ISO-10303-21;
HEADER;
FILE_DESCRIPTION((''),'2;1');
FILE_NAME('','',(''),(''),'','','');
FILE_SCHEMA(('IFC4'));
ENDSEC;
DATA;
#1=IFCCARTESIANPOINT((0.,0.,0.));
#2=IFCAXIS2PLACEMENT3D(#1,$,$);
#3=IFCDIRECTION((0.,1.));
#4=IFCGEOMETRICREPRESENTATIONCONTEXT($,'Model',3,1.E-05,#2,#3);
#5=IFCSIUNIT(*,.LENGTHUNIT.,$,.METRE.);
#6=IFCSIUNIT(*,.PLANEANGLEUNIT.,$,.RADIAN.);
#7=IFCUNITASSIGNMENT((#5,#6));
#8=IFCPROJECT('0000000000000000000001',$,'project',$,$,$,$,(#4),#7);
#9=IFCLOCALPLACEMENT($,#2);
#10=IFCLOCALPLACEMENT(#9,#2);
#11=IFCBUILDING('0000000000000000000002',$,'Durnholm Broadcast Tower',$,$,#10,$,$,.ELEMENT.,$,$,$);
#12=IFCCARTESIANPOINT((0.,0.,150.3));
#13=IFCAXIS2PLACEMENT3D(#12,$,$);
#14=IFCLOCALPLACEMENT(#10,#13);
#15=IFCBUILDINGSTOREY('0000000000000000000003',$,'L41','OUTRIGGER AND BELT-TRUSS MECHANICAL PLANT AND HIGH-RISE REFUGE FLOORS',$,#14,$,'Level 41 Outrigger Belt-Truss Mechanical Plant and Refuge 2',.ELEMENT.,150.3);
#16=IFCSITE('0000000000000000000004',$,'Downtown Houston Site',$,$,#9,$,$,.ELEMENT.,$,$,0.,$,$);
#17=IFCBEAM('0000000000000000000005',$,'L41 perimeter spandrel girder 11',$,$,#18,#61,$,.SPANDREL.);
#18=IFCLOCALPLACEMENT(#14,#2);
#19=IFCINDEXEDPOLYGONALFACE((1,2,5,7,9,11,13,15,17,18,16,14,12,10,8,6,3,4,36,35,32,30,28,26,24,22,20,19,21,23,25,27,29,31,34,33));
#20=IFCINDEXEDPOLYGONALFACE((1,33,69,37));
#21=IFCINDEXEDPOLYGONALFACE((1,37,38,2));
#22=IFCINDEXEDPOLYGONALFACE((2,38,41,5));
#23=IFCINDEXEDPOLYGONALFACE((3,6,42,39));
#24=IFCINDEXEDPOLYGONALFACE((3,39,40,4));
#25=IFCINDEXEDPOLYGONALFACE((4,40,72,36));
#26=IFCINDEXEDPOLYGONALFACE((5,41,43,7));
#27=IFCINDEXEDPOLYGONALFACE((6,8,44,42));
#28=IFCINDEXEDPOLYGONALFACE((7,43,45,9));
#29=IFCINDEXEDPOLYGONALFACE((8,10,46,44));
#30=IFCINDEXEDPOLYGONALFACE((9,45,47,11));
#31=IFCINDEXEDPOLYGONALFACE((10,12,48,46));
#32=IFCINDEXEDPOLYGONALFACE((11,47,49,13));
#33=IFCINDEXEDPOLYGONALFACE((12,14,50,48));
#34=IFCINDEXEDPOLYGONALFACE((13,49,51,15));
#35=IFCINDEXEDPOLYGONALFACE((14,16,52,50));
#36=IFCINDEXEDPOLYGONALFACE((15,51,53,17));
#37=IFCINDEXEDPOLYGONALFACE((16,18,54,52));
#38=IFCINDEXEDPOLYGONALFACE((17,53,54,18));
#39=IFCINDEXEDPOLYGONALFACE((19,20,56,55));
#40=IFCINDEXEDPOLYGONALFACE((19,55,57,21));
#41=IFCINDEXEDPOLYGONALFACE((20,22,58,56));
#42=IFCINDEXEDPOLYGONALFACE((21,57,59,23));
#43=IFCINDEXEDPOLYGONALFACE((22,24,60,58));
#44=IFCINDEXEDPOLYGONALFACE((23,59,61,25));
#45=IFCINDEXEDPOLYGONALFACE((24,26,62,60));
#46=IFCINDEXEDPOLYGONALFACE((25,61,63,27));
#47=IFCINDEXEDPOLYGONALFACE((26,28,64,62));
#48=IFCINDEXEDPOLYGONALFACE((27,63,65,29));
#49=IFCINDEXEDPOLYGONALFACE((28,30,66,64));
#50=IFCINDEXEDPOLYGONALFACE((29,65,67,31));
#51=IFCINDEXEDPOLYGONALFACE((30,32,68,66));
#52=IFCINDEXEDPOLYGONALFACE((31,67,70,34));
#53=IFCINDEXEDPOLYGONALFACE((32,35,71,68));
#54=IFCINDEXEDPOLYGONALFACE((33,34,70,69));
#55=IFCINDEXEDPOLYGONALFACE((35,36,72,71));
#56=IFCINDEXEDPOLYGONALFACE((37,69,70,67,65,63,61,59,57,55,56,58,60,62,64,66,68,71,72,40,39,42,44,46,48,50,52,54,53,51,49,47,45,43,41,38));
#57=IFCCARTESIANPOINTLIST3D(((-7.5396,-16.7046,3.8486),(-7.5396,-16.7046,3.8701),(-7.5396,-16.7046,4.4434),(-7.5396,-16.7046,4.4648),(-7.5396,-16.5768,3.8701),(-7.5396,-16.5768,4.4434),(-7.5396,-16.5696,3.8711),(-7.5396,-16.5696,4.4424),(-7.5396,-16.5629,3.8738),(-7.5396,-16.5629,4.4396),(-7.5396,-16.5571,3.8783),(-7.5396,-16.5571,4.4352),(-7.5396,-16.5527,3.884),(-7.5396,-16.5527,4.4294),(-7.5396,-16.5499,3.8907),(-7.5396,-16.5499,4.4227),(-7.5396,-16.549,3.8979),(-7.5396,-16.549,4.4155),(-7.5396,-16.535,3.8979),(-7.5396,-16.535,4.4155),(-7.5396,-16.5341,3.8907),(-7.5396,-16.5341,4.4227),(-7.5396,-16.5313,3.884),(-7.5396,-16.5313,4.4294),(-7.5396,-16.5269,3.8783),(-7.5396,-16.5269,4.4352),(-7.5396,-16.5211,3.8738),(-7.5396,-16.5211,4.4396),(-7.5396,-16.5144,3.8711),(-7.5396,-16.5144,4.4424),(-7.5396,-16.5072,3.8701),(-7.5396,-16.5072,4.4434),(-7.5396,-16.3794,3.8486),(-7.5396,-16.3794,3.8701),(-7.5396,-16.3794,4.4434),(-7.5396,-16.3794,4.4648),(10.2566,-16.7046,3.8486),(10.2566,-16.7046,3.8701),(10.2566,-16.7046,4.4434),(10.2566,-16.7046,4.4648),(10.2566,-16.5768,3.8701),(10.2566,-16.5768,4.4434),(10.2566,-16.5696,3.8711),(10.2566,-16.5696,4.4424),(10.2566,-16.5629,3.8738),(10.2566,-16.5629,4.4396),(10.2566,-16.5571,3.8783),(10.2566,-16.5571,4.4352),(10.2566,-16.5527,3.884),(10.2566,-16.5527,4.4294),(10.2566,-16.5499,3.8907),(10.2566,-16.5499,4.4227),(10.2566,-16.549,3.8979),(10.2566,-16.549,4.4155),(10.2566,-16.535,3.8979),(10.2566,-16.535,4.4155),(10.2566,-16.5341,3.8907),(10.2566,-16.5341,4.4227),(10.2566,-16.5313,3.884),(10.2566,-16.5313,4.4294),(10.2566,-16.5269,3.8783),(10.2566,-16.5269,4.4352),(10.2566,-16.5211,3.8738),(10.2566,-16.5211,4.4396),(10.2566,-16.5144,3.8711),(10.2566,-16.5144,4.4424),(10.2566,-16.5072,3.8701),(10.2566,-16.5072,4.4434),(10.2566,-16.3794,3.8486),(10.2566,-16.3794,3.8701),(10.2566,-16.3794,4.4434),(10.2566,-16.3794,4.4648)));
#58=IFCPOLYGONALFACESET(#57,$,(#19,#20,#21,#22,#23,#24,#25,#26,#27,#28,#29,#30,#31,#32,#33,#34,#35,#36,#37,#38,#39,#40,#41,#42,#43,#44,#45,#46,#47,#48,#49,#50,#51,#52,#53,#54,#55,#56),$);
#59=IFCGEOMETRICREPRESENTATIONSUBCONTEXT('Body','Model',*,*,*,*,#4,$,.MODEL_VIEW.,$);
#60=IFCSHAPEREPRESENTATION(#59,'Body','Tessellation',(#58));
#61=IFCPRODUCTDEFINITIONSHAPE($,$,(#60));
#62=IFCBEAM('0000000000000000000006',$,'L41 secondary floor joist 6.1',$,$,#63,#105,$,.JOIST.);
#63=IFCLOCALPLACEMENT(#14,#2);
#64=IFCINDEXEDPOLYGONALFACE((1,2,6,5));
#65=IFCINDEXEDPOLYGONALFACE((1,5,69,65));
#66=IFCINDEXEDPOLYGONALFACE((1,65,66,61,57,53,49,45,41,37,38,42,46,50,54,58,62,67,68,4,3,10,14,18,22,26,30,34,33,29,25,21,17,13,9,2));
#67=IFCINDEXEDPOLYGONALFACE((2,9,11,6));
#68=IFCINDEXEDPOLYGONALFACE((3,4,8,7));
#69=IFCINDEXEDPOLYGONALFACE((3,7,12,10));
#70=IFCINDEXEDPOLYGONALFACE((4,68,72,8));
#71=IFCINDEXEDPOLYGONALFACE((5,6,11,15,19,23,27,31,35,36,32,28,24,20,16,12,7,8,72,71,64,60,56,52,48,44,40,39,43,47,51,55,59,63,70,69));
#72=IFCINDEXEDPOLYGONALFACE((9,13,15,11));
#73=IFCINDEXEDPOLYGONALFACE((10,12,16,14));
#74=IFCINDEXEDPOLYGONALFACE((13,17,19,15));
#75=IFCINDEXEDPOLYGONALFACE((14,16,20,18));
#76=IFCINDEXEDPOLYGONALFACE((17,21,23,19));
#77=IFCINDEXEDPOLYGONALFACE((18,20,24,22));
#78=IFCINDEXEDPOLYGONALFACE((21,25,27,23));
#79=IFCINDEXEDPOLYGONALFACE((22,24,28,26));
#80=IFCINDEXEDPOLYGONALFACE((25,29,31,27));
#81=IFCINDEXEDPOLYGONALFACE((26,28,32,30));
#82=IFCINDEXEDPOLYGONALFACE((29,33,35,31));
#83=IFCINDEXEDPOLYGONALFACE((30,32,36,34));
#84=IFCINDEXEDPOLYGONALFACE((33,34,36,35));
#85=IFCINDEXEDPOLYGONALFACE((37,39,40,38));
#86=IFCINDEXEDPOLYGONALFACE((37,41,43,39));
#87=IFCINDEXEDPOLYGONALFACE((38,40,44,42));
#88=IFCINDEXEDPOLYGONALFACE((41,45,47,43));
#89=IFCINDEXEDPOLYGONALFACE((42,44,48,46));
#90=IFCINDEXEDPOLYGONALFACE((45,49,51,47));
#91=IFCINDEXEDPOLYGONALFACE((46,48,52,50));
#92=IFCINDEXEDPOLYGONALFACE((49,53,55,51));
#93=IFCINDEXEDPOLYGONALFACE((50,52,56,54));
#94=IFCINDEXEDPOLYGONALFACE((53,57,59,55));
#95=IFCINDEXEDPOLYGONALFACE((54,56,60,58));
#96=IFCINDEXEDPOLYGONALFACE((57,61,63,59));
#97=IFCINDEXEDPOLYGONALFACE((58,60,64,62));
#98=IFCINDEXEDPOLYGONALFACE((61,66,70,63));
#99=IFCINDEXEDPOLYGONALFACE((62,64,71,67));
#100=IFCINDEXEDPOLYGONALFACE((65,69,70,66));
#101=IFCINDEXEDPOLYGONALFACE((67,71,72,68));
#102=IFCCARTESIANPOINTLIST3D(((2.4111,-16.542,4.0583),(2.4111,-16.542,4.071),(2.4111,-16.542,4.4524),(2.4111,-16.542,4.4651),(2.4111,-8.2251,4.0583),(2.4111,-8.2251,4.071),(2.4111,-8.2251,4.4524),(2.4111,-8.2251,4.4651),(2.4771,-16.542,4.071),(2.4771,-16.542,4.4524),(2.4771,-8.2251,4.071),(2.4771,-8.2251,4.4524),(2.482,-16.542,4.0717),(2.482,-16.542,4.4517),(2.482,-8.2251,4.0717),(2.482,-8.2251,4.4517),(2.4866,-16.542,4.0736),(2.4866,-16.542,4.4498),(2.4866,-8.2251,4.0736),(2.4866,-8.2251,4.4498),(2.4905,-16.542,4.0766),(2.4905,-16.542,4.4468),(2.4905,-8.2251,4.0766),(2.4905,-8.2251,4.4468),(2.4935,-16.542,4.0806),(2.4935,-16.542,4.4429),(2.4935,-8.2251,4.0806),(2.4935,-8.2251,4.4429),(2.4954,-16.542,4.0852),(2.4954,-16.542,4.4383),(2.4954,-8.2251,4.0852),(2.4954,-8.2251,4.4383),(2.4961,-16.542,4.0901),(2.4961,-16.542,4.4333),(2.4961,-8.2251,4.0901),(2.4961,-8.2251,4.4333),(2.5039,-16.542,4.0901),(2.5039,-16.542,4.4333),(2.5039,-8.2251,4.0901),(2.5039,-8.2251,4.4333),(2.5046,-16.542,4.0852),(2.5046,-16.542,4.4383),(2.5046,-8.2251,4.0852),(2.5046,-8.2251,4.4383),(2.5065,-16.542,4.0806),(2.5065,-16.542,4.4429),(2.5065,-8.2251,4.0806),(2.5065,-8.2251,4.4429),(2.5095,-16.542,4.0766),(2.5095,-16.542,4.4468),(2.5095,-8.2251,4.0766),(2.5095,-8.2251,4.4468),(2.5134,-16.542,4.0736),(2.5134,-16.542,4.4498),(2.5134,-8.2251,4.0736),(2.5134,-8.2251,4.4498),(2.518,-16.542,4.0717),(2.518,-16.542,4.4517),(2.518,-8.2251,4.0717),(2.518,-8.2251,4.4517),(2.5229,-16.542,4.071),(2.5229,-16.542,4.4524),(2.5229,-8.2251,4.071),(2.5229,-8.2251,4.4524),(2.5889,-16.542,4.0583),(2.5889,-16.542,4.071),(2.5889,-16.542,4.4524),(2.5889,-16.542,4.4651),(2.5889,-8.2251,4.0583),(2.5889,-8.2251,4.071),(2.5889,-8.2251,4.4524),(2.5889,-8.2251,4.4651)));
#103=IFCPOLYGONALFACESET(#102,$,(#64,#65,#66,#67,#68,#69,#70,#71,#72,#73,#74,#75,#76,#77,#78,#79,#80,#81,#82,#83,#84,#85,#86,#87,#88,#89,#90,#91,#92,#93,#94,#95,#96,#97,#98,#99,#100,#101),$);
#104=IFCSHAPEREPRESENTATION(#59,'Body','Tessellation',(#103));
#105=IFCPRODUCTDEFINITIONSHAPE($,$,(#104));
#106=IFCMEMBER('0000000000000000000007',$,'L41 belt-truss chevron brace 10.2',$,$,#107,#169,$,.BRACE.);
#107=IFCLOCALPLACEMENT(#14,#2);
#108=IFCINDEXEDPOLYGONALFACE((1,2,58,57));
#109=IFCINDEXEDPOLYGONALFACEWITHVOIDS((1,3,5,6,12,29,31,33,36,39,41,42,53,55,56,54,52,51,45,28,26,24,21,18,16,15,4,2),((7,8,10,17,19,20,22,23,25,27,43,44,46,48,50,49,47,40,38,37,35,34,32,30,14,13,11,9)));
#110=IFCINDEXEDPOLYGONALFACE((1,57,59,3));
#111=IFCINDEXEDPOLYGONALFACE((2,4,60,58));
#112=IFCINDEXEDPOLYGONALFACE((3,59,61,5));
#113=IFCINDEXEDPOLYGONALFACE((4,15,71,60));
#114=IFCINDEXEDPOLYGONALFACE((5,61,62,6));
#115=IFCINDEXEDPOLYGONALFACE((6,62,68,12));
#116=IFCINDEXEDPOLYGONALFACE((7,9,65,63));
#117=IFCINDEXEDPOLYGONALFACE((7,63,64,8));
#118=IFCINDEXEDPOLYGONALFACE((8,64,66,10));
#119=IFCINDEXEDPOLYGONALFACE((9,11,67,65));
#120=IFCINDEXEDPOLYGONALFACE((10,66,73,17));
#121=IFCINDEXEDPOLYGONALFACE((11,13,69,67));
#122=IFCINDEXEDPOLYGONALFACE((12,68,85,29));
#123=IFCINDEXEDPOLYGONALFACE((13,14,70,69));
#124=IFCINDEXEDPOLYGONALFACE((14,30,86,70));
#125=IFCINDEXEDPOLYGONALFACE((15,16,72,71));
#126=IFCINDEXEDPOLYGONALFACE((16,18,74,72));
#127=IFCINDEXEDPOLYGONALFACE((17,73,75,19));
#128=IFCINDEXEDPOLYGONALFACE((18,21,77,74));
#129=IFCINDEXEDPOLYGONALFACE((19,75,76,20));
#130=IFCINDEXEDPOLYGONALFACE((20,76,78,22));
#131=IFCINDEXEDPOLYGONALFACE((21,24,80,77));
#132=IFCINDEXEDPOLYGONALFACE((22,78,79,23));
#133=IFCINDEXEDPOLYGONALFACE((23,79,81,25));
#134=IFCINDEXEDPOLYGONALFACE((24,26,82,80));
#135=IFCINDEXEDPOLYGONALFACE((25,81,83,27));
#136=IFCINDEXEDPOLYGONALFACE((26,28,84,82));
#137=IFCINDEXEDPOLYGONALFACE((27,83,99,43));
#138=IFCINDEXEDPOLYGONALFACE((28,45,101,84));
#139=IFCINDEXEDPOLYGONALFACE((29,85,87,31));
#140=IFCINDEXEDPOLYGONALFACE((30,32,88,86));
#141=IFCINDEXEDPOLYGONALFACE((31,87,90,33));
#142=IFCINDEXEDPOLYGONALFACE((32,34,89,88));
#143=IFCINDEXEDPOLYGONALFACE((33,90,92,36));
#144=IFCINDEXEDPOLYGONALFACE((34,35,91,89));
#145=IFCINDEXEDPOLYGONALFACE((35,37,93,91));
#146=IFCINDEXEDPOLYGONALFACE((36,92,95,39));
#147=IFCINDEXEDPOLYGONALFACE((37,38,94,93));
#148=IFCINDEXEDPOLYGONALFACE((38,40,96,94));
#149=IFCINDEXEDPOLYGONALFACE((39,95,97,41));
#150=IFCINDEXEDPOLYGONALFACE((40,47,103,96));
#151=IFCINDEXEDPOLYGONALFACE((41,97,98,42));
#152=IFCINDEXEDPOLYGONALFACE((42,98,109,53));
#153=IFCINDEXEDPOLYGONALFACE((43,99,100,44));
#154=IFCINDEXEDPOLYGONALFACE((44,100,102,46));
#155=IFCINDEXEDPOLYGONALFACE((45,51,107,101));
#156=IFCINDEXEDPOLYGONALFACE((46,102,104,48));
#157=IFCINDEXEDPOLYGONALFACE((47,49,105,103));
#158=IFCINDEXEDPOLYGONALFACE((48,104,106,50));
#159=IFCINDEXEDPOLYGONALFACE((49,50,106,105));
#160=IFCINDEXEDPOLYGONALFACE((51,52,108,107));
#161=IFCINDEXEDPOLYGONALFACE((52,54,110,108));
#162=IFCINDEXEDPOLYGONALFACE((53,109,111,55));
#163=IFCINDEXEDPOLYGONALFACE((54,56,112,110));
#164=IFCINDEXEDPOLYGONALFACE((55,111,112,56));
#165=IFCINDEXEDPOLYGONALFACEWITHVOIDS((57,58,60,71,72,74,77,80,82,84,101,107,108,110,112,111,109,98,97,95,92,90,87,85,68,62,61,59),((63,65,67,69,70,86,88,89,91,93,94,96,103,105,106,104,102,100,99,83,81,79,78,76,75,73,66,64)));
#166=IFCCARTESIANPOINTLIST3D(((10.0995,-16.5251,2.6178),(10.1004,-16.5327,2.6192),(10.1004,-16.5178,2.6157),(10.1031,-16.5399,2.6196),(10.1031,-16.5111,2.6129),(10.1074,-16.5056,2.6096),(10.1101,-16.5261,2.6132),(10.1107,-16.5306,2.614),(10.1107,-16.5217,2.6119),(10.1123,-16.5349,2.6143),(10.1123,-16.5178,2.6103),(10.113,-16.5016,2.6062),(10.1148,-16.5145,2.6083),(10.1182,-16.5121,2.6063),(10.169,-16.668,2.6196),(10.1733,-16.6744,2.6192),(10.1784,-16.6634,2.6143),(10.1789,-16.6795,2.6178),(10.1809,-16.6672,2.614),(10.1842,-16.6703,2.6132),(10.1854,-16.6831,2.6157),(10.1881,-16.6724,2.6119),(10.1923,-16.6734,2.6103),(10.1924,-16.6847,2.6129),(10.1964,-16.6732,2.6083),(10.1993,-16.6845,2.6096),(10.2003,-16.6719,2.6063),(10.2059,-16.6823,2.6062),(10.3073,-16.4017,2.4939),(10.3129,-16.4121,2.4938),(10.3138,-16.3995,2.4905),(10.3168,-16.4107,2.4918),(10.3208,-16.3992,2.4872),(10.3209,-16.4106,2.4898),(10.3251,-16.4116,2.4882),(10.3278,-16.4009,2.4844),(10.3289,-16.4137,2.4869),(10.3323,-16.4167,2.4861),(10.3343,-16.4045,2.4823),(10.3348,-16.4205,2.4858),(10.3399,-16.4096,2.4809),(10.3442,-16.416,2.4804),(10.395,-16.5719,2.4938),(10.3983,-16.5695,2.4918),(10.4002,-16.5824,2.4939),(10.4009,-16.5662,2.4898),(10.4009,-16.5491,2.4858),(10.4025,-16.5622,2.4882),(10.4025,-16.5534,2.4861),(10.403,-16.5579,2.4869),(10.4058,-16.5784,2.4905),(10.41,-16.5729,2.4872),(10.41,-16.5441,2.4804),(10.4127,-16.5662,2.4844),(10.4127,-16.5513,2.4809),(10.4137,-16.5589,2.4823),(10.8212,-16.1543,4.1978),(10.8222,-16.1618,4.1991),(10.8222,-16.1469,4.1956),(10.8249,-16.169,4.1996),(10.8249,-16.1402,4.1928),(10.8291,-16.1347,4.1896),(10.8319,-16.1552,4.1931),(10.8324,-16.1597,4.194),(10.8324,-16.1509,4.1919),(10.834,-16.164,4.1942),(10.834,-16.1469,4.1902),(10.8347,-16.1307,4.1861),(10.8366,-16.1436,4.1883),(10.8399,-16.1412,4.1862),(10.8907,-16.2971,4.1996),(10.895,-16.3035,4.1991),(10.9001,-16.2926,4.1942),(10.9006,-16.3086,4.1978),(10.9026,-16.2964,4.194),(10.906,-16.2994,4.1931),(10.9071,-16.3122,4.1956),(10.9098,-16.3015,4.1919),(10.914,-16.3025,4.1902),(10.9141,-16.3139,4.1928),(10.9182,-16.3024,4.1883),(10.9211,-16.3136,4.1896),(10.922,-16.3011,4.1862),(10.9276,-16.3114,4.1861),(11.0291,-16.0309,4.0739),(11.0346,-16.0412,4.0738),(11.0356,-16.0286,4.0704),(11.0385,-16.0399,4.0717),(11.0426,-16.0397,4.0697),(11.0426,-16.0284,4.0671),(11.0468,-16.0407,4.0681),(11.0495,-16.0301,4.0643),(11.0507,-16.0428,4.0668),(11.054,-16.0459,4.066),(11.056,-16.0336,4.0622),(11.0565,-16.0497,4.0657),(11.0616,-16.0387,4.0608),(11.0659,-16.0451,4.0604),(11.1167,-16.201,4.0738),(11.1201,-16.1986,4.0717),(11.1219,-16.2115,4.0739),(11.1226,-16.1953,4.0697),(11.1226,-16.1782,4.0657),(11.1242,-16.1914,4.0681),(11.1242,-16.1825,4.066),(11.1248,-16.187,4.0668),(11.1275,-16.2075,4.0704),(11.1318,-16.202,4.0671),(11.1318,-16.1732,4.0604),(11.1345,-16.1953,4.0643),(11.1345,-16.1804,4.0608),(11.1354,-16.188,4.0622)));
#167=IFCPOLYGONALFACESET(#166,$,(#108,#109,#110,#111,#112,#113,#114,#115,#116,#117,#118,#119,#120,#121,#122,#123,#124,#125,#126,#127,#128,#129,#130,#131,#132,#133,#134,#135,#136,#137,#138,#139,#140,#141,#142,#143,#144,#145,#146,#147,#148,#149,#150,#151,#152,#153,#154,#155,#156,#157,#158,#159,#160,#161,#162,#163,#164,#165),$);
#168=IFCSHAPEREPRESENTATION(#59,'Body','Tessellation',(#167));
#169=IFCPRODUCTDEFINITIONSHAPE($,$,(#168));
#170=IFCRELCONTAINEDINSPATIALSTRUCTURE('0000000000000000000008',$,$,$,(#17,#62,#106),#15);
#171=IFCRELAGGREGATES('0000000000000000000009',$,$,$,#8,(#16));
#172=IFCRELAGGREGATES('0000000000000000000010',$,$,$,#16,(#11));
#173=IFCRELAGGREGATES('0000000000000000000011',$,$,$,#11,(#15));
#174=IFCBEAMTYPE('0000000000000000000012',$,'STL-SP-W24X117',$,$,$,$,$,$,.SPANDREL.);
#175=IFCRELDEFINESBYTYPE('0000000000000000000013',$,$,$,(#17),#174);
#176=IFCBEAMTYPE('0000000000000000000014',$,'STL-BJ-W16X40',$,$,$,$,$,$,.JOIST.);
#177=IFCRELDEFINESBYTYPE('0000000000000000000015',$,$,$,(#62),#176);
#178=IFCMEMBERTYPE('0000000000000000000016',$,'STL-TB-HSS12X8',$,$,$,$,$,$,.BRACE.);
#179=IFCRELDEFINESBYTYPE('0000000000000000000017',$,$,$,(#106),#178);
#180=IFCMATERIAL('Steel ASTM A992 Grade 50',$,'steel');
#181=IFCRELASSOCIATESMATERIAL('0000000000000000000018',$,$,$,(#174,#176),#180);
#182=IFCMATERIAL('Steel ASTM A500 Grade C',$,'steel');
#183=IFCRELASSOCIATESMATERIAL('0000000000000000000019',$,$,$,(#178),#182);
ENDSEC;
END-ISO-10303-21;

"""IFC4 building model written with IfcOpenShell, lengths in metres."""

from ifc_helpers import new_model, si_unit, direction, frame, origin, origin_2d, place, context, subcontext, project, spatial, hollow_rectangle, i_section, extrude, source, transform, mapped, material, material_profile, profile_set, type_object, type_shapes, element, save


model = new_model("IFC4")

# Units and contexts
model_context = context("Model", 3, precision=1e-05, world=origin(), true_north=direction((0.0, 1.0)))
body_context = subcontext(model_context, "Body", "Model", "MODEL_VIEW")
ifc_project = project(units=[si_unit("LENGTHUNIT", "METRE"), si_unit("PLANEANGLEUNIT", "RADIAN")], contexts=[model_context])

# Site, building, storey
site_placement = place(None, origin())
site = spatial("IfcSite", under=ifc_project, at=site_placement, Name="Downtown Houston Site", CompositionType="ELEMENT", RefElevation=0.0)
building_placement = place(site_placement, origin())
building = spatial("IfcBuilding", under=site, at=building_placement, Name="Durnholm Broadcast Tower", CompositionType="ELEMENT")
storey_placement = place(building_placement, frame((0.0, 0.0, 150.3)))
storey = spatial("IfcBuildingStorey", under=building, at=storey_placement, Name="L41", Description="OUTRIGGER AND BELT-TRUSS MECHANICAL PLANT AND HIGH-RISE REFUGE FLOORS", LongName="Level 41 Outrigger Belt-Truss Mechanical Plant and Refuge 2", CompositionType="ELEMENT", Elevation=150.3)

# Beams
ifc_material_1 = material(Name="Steel ASTM A992 Grade 50", Category="steel")
ifc_material_profile_1 = material_profile(ifc_material_1, i_section(OverallWidth=0.3252, OverallDepth=0.6162, WebThickness=0.0139, FlangeThickness=0.0215, FilletRadius=0.0278, at=origin_2d()), Name="W24X117")
ifc_profile_set_1 = profile_set([ifc_material_profile_1], Name="Steel ASTM A992 Grade 50")
beam_type_1 = type_object("IfcBeamType", Name="STL-SP-W24X117", PredefinedType="SPANDREL", material=ifc_profile_set_1)
shared_shape_1 = source(origin(), body_context, "Body", "SweptSolid", [
    extrude(i_section(OverallWidth=0.3252, OverallDepth=0.6162, WebThickness=0.0139, FlangeThickness=0.0215, FilletRadius=0.0278, at=origin_2d()), origin(), (0.0, 0.0, 1.0), 17.7961),
])
beam_1_placement = place(storey_placement, frame((10.2566, -16.542, 4.1567), z_axis=(-1.0, 0.0, 0.0), x_axis=(0.0, -1.0, 0.0)))
element("IfcBeam", 1, at=beam_1_placement, inside=storey, type_object=beam_type_1, Name="L41 perimeter spandrel girder 11", PredefinedType="SPANDREL", context=body_context, shape_type="MappedRepresentation", body=[
    mapped(shared_shape_1, transform((0.0, 0.0, 0.0), x_axis=(1.0, 0.0, 0.0), y_axis=(0.0, 1.0, 0.0), z_axis=(0.0, 0.0, 1.0), scale=1.0)),
])
ifc_material_profile_2 = material_profile(ifc_material_1, i_section(OverallWidth=0.1777, OverallDepth=0.4067, WebThickness=0.0078, FlangeThickness=0.0127, FilletRadius=0.019, at=origin_2d()), Name="W16X40")
ifc_profile_set_2 = profile_set([ifc_material_profile_2], Name="Steel ASTM A992 Grade 50")
beam_type_2 = type_object("IfcBeamType", Name="STL-BJ-W16X40", PredefinedType="JOIST", material=ifc_profile_set_2)
shared_shape_2 = source(origin(), body_context, "Body", "SweptSolid", [
    extrude(i_section(OverallWidth=0.1777, OverallDepth=0.4067, WebThickness=0.0078, FlangeThickness=0.0127, FilletRadius=0.019, at=origin_2d()), origin(), (0.0, 0.0, 1.0), 8.3169),
])
type_shapes(beam_type_2, [shared_shape_2])
beam_2_placement = place(storey_placement, frame((2.5, -16.542, 4.2617), z_axis=(0.0, 1.0, 0.0), x_axis=(-1.0, 0.0, 0.0)))
element("IfcBeam", 2, at=beam_2_placement, inside=storey, type_object=beam_type_2, Name="L41 secondary floor joist 6.1", PredefinedType="JOIST", context=body_context, shape_type="MappedRepresentation", body=[
    mapped(shared_shape_2, transform((0.0, 0.0, 0.0), x_axis=(1.0, 0.0, 0.0), y_axis=(0.0, 1.0, 0.0), z_axis=(0.0, 0.0, 1.0), scale=1.0)),
])

# Member
ifc_material_2 = material(Name="Steel ASTM A500 Grade C", Category="steel")
ifc_material_profile_3 = material_profile(ifc_material_2, hollow_rectangle(XDim=0.2031, YDim=0.3047, WallThickness=0.0117, InnerFilletRadius=0.0176, OuterFilletRadius=0.0295, at=origin_2d()), Name="HSS12X8X1/2")
ifc_profile_set_3 = profile_set([ifc_material_profile_3], Name="Steel ASTM A500 Grade C")
member_type_1 = type_object("IfcMemberType", Name="STL-TB-HSS12X8", PredefinedType="BRACE", material=ifc_profile_set_3)
shared_shape_3 = source(origin(), body_context, "Body", "SweptSolid", [
    extrude(hollow_rectangle(XDim=0.2031, YDim=0.3047, WallThickness=0.0117, InnerFilletRadius=0.0176, OuterFilletRadius=0.0295, at=origin_2d()), origin(), (0.0, 0.0, 1.0), 1.7761),
])
type_shapes(member_type_1, [shared_shape_3])
member_1_placement = place(storey_placement, frame((10.2566, -16.542, 2.55), z_axis=(0.406348, 0.20881, 0.889539), x_axis=(-0.457056, 0.889438, 0.0)))
element("IfcMember", 3, at=member_1_placement, inside=storey, type_object=member_type_1, Name="L41 belt-truss chevron brace 10.2", PredefinedType="BRACE", context=body_context, shape_type="MappedRepresentation", body=[
    mapped(shared_shape_3, transform((0.0, 0.0, 0.0), x_axis=(1.0, 0.0, 0.0), y_axis=(0.0, 1.0, 0.0), z_axis=(0.0, 0.0, 1.0), scale=1.0)),
])

save(model, "model.ifc")
